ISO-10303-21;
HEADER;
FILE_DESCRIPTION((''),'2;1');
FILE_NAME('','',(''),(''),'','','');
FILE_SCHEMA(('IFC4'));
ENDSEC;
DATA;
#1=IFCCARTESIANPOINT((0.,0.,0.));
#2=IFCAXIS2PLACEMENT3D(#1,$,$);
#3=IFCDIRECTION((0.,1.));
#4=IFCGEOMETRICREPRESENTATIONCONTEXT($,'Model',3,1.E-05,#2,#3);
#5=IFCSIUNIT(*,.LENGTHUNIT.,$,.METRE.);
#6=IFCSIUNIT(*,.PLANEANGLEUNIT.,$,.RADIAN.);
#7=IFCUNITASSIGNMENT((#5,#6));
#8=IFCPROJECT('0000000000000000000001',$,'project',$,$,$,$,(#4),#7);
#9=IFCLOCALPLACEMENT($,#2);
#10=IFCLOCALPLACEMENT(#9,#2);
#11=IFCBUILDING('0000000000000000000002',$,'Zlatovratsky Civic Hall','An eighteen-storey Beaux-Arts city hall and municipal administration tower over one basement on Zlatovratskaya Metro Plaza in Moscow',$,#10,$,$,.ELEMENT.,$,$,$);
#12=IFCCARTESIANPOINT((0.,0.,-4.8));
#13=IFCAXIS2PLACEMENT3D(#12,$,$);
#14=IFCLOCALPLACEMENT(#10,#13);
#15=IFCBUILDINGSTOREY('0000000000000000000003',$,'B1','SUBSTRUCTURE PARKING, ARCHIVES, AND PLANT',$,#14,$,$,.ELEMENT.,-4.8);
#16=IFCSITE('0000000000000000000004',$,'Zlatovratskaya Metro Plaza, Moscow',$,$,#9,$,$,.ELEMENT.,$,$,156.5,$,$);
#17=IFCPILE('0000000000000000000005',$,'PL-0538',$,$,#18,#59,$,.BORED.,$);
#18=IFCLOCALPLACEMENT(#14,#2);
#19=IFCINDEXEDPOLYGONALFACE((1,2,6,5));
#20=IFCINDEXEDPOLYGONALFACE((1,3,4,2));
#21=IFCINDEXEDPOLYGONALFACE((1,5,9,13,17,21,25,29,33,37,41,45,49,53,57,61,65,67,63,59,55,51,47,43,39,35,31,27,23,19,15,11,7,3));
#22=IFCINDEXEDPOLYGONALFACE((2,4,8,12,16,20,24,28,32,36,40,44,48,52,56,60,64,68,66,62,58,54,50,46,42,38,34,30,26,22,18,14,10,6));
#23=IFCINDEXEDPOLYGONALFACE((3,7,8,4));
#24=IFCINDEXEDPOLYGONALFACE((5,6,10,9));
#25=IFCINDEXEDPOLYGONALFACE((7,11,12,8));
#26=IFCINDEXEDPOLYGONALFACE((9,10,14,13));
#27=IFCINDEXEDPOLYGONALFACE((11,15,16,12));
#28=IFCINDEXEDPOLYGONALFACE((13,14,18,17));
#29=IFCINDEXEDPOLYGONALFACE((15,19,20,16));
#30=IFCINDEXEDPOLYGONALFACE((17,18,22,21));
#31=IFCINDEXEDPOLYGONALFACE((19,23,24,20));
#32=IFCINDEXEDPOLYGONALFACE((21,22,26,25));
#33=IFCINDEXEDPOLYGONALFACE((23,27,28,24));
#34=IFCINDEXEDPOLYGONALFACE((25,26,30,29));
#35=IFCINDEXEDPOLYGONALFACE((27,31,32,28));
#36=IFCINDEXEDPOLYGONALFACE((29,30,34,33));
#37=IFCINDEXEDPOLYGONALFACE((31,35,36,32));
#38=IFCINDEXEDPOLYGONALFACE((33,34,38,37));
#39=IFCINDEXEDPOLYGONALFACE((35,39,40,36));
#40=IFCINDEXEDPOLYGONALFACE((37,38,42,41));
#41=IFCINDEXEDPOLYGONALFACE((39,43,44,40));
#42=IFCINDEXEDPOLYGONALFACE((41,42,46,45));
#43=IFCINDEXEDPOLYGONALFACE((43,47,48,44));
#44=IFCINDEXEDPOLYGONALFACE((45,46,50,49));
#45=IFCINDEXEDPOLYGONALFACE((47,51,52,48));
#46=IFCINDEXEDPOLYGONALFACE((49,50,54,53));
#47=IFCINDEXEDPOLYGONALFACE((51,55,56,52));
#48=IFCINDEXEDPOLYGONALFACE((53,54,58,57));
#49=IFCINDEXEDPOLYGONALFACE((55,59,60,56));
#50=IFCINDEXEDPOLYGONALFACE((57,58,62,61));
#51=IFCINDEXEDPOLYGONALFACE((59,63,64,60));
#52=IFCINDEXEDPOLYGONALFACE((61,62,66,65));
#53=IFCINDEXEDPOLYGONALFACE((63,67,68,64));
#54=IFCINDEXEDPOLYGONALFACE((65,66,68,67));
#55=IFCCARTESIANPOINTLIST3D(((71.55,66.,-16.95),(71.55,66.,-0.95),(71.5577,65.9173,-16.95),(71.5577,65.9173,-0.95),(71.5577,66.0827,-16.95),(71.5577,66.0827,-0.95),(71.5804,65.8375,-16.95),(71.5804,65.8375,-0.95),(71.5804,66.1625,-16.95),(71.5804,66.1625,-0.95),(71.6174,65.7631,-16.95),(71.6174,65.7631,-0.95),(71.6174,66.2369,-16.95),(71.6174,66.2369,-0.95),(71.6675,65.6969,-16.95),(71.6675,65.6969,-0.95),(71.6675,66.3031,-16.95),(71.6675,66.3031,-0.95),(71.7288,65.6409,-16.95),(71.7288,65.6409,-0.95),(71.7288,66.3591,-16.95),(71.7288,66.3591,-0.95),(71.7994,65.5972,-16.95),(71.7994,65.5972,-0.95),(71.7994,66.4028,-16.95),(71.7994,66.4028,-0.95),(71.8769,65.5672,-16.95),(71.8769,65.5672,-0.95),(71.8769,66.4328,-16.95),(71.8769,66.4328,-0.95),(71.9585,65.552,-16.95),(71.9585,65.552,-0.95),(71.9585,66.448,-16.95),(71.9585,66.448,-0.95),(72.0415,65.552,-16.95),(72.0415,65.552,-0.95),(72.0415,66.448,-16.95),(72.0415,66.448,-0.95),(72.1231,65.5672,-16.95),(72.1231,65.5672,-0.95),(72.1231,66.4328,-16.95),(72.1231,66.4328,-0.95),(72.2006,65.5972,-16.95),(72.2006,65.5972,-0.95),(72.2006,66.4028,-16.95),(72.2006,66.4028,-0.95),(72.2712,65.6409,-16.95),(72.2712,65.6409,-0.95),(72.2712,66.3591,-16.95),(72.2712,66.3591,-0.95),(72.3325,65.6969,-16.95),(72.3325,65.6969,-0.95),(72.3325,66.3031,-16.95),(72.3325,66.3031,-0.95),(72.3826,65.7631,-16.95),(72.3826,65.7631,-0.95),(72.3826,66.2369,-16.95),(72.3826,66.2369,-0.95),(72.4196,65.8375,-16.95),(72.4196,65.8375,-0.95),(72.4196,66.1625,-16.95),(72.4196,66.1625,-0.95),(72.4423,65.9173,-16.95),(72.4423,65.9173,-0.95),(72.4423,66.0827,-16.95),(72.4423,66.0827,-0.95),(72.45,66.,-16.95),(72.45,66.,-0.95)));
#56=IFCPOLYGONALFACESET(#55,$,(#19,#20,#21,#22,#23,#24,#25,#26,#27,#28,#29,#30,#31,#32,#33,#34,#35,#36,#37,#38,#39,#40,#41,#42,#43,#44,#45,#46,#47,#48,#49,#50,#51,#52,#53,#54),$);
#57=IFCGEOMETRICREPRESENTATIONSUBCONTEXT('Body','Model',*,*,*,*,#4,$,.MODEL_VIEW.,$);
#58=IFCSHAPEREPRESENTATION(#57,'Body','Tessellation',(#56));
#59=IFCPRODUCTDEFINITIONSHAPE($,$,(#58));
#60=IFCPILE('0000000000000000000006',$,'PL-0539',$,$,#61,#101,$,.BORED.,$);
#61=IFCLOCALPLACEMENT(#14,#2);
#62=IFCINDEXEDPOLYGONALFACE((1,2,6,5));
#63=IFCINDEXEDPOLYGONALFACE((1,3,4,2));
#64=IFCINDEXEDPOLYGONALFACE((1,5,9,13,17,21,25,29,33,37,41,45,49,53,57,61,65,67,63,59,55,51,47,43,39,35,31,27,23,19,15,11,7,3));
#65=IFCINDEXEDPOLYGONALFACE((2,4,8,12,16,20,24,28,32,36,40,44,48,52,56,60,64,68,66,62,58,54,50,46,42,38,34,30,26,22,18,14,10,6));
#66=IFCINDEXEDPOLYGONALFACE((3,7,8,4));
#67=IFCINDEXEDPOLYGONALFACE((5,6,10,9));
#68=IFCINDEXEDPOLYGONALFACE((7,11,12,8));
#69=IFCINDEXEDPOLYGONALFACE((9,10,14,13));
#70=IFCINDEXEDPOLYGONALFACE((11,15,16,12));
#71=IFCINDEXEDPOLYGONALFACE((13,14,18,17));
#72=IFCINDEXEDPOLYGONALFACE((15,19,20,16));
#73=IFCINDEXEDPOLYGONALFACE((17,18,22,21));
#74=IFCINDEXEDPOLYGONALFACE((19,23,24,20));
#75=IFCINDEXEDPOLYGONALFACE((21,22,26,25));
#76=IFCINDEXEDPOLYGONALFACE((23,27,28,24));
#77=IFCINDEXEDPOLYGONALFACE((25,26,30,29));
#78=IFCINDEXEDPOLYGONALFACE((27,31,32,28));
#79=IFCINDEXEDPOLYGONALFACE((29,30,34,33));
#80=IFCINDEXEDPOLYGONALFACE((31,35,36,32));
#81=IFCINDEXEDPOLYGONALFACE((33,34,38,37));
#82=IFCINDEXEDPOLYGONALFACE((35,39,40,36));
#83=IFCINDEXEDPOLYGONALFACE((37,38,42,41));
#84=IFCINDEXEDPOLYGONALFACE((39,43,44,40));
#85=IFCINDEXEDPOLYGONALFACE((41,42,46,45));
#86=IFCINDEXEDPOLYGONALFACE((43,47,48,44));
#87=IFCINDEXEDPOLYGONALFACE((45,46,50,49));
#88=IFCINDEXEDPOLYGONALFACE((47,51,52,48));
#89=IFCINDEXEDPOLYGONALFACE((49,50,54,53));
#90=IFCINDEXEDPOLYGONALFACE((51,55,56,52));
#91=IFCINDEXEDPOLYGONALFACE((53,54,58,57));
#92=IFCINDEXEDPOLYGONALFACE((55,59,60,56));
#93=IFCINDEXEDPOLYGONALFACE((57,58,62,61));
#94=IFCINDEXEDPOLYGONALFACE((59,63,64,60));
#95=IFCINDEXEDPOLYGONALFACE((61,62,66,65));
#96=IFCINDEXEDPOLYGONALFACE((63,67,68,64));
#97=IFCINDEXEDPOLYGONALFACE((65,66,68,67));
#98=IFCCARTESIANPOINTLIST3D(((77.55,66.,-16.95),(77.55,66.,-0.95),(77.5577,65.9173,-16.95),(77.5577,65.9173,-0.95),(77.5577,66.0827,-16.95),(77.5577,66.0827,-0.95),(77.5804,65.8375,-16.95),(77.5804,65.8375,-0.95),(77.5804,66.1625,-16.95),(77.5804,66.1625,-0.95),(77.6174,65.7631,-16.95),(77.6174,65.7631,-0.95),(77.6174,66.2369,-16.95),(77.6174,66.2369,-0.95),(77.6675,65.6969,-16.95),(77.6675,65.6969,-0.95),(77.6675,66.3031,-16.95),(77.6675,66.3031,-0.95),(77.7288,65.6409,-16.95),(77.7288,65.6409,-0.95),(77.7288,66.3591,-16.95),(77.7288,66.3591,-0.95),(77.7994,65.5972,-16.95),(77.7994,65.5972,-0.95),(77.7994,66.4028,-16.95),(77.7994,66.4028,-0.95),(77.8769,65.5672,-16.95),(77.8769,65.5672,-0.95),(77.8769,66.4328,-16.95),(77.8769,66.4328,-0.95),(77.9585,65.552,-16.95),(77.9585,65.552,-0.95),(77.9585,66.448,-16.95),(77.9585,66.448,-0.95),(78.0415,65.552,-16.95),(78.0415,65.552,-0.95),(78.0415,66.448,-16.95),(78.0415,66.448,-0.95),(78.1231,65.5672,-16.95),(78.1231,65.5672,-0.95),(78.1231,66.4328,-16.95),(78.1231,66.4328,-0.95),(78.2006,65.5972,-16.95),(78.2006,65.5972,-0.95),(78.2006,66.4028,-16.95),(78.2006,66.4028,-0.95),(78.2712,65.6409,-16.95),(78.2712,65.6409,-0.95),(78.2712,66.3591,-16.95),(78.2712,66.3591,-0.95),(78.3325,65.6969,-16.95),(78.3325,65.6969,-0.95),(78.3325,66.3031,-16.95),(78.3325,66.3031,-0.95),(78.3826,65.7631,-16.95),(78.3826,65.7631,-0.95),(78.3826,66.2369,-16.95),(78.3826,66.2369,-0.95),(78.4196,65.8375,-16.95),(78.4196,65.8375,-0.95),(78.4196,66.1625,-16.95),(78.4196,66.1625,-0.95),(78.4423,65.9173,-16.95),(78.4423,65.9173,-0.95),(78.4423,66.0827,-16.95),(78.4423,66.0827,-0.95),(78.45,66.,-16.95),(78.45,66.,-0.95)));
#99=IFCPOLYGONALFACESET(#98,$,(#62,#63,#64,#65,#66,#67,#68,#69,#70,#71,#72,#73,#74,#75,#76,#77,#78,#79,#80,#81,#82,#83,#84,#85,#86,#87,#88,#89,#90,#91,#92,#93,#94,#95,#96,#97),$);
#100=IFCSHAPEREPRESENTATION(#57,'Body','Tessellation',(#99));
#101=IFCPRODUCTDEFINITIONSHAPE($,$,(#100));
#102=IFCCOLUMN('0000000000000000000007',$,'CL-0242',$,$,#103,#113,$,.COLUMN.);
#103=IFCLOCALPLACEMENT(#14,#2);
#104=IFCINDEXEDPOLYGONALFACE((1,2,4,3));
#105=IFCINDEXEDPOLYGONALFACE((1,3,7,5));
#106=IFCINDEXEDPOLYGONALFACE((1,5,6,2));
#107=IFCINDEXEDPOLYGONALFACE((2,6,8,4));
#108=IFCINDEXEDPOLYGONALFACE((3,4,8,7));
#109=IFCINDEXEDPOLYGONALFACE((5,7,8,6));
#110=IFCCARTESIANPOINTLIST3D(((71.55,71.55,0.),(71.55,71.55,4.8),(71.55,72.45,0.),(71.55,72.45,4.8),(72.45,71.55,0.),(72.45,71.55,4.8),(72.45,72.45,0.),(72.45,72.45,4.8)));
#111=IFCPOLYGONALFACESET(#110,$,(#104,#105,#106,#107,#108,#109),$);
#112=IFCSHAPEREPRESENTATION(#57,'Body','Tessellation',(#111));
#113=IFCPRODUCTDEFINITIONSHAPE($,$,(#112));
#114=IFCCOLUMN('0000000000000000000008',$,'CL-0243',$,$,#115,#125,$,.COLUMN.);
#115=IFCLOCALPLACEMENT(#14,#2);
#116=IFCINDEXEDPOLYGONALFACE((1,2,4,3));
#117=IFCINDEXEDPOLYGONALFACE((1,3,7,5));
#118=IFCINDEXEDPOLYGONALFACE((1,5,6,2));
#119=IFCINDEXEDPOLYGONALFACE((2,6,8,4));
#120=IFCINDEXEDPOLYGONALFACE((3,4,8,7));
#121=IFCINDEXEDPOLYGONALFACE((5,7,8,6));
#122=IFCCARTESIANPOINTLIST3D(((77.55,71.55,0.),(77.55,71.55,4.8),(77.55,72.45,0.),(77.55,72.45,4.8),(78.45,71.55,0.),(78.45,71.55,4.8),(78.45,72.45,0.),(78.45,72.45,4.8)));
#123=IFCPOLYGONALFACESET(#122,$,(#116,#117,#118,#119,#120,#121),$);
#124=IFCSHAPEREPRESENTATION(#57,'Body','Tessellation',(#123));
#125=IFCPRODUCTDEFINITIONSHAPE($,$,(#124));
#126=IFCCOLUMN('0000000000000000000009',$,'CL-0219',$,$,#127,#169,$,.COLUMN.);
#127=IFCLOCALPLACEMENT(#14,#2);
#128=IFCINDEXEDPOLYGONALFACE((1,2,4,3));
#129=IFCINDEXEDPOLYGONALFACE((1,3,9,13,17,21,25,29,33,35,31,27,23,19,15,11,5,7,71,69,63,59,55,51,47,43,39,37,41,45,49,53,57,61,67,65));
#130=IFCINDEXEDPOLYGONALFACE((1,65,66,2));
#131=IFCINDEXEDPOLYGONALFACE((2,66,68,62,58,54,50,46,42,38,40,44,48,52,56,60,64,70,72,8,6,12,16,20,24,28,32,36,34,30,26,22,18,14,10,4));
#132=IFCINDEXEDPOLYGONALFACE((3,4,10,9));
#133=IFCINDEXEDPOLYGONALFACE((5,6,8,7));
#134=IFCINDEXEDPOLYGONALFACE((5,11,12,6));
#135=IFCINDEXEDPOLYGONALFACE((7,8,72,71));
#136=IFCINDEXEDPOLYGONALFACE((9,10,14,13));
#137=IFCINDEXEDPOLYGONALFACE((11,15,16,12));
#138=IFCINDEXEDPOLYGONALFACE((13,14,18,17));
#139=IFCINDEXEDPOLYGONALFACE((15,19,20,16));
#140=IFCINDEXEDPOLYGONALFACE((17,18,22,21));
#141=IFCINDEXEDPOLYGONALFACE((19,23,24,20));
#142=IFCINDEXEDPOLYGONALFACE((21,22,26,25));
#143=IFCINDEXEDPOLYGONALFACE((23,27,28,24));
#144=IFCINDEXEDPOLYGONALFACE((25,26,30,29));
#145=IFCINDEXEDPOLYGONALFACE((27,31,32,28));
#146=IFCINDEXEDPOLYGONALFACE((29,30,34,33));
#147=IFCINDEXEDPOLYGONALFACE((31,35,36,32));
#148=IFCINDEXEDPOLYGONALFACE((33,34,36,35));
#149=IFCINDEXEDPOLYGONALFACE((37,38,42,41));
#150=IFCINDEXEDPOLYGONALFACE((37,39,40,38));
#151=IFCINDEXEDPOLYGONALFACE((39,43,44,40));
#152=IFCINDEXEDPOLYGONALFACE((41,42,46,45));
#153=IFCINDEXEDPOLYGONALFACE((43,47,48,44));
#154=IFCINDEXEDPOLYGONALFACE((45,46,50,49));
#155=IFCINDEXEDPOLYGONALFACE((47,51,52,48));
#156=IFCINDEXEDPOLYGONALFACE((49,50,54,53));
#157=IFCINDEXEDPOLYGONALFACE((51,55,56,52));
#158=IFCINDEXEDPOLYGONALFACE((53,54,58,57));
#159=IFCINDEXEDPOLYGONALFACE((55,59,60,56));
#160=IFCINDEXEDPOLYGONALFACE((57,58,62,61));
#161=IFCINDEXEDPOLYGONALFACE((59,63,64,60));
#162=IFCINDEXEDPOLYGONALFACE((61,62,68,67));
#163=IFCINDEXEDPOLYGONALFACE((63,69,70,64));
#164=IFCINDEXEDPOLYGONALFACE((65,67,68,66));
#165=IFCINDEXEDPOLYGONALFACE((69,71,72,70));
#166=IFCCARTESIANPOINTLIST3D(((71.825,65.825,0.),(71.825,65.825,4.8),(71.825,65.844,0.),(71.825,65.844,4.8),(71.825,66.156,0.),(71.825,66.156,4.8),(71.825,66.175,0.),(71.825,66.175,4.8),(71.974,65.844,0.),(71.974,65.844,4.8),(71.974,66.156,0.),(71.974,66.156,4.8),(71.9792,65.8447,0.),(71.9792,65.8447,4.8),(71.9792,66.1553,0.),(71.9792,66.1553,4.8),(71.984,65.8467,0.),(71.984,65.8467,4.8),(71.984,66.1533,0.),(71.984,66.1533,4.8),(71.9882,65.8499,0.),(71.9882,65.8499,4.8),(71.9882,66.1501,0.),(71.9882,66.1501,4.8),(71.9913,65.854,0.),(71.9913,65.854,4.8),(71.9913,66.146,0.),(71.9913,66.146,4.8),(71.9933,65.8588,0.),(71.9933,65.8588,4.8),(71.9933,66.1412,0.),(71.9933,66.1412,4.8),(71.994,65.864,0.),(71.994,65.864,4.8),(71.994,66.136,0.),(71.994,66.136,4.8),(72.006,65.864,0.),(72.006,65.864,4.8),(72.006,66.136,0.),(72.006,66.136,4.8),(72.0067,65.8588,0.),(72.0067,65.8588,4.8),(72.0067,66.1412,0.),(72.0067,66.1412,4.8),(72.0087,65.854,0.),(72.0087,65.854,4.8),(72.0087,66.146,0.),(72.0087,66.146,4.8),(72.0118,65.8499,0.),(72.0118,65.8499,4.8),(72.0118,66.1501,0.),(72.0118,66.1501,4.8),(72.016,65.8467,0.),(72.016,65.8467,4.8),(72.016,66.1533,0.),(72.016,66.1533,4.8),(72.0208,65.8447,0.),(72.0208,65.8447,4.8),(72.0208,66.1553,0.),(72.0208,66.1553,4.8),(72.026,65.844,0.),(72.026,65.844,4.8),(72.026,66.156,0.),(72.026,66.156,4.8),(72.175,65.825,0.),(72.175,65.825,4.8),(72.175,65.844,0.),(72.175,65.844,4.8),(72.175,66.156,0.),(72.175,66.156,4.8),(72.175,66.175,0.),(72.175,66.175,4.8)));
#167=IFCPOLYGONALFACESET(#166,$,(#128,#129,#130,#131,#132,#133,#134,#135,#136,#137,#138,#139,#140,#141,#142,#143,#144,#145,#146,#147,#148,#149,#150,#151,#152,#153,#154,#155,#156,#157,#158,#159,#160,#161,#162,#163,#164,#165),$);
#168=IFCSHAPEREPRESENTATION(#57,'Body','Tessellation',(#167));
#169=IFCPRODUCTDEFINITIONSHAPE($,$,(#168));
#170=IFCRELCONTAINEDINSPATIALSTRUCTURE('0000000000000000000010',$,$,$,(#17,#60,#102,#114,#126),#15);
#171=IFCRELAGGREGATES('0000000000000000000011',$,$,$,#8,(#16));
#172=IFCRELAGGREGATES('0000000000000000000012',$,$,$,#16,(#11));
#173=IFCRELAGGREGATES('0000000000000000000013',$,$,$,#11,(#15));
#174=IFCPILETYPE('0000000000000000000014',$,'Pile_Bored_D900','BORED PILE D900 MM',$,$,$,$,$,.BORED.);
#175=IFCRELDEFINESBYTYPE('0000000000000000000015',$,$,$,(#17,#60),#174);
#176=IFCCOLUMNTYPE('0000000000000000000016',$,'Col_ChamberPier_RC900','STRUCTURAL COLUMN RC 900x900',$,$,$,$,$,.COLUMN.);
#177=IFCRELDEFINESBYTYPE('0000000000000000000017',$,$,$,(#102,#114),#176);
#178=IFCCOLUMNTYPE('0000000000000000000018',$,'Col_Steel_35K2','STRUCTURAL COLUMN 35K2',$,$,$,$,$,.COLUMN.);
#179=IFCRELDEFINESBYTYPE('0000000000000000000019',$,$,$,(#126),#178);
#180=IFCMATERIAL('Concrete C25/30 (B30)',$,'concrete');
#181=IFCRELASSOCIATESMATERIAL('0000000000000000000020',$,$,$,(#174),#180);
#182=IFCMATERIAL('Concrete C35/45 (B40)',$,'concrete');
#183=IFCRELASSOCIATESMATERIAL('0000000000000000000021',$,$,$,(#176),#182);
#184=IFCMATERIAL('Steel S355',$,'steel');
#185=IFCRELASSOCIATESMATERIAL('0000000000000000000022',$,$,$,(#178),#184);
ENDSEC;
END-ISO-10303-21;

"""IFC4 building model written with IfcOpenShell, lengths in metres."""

from ifc_helpers import new_model, si_unit, direction, frame, origin, origin_2d, place, context, subcontext, project, spatial, rectangle, circle, i_section, extrude, material, material_profile, profile_set, type_object, element, save


model = new_model("IFC4")

# Units and contexts
model_context = context("Model", 3, precision=1e-05, world=origin(), true_north=direction((0.0, 1.0)))
body_context = subcontext(model_context, "Body", "Model", "MODEL_VIEW")
ifc_project = project(units=[si_unit("LENGTHUNIT", "METRE"), si_unit("PLANEANGLEUNIT", "RADIAN")], contexts=[model_context])

# Site, building, storey
site_placement = place(None, origin())
site = spatial("IfcSite", under=ifc_project, at=site_placement, Name="Zlatovratskaya Metro Plaza, Moscow", CompositionType="ELEMENT", RefElevation=156.5)
building_placement = place(site_placement, origin())
building = spatial("IfcBuilding", under=site, at=building_placement, Name="Zlatovratsky Civic Hall", Description="An eighteen-storey Beaux-Arts city hall and municipal administration tower over one basement on Zlatovratskaya Metro Plaza in Moscow", CompositionType="ELEMENT")
storey_placement = place(building_placement, frame((0.0, 0.0, -4.8)))
storey = spatial("IfcBuildingStorey", under=building, at=storey_placement, Name="B1", Description="SUBSTRUCTURE PARKING, ARCHIVES, AND PLANT", CompositionType="ELEMENT", Elevation=-4.8)

# Shared definitions
ifc_material_1 = material(Name="Concrete C25/30 (B30)", Category="concrete")

# Piles
ifc_material_profile_1 = material_profile(ifc_material_1, circle(Radius=0.45, at=origin_2d()), Name="PILE D900")
ifc_profile_set_1 = profile_set([ifc_material_profile_1], Name="Concrete C25/30 (B30)")
pile_type_1 = type_object("IfcPileType", Name="Pile_Bored_D900", Description="BORED PILE D900 MM", PredefinedType="BORED", material=ifc_profile_set_1)
for number, where, z_axis, x_axis, name in (
    (1, (72.0, 66.0, -0.95), (0.0, 0.0, -1.0), (1.0, 0.0, 0.0), "PL-0538"),
    (2, (78.0, 66.0, -0.95), (0.0, 0.0, -1.0), (1.0, 0.0, 0.0), "PL-0539"),
):
    element("IfcPile", number, at=place(storey_placement, frame(where, z_axis=z_axis, x_axis=x_axis)), inside=storey, type_object=pile_type_1, Name=name, PredefinedType="BORED", context=body_context, shape_type="SweptSolid", body=[
        extrude(circle(Radius=0.45, at=origin_2d()), origin(), (0.0, 0.0, 1.0), 16.0),
    ])

# Columns
ifc_material_2 = material(Name="Concrete C35/45 (B40)", Category="concrete")
ifc_material_profile_2 = material_profile(ifc_material_2, rectangle(XDim=0.8999, YDim=0.8999, at=origin_2d()), Name="RC 900x900")
ifc_profile_set_2 = profile_set([ifc_material_profile_2], Name="Concrete C35/45 (B40)")
column_type_1 = type_object("IfcColumnType", Name="Col_ChamberPier_RC900", Description="STRUCTURAL COLUMN RC 900x900", PredefinedType="COLUMN", material=ifc_profile_set_2)
for number, where, z_axis, x_axis, name in (
    (3, (72.0, 72.0, 0.0), (0.0, 0.0, 1.0), (1.0, 0.0, 0.0), "CL-0242"),
    (4, (78.0, 72.0, 0.0), (0.0, 0.0, 1.0), (1.0, 0.0, 0.0), "CL-0243"),
):
    element("IfcColumn", number, at=place(storey_placement, frame(where, z_axis=z_axis, x_axis=x_axis)), inside=storey, type_object=column_type_1, Name=name, PredefinedType="COLUMN", context=body_context, shape_type="SweptSolid", body=[
        extrude(rectangle(XDim=0.8999, YDim=0.8999, at=origin_2d()), origin(), (0.0, 0.0, 1.0), 4.8),
    ])
ifc_material_3 = material(Name="Steel S355", Category="steel")
ifc_material_profile_3 = material_profile(ifc_material_3, i_section(OverallWidth=0.3501, OverallDepth=0.3501, WebThickness=0.012, FlangeThickness=0.019, FilletRadius=0.02, at=origin_2d()), Name="35K2")
ifc_profile_set_3 = profile_set([ifc_material_profile_3], Name="Steel S355")
column_type_2 = type_object("IfcColumnType", Name="Col_Steel_35K2", Description="STRUCTURAL COLUMN 35K2", PredefinedType="COLUMN", material=ifc_profile_set_3)
for number, where, z_axis, x_axis, name in (
    (5, (72.0, 66.0, 0.0), (0.0, 0.0, 1.0), (1.0, 0.0, 0.0), "CL-0219"),
):
    element("IfcColumn", number, at=place(storey_placement, frame(where, z_axis=z_axis, x_axis=x_axis)), inside=storey, type_object=column_type_2, Name=name, PredefinedType="COLUMN", context=body_context, shape_type="SweptSolid", body=[
        extrude(i_section(OverallWidth=0.3501, OverallDepth=0.3501, WebThickness=0.012, FlangeThickness=0.019, FilletRadius=0.02, at=origin_2d()), origin(), (0.0, 0.0, 1.0), 4.8),
    ])

save(model, "model.ifc")
